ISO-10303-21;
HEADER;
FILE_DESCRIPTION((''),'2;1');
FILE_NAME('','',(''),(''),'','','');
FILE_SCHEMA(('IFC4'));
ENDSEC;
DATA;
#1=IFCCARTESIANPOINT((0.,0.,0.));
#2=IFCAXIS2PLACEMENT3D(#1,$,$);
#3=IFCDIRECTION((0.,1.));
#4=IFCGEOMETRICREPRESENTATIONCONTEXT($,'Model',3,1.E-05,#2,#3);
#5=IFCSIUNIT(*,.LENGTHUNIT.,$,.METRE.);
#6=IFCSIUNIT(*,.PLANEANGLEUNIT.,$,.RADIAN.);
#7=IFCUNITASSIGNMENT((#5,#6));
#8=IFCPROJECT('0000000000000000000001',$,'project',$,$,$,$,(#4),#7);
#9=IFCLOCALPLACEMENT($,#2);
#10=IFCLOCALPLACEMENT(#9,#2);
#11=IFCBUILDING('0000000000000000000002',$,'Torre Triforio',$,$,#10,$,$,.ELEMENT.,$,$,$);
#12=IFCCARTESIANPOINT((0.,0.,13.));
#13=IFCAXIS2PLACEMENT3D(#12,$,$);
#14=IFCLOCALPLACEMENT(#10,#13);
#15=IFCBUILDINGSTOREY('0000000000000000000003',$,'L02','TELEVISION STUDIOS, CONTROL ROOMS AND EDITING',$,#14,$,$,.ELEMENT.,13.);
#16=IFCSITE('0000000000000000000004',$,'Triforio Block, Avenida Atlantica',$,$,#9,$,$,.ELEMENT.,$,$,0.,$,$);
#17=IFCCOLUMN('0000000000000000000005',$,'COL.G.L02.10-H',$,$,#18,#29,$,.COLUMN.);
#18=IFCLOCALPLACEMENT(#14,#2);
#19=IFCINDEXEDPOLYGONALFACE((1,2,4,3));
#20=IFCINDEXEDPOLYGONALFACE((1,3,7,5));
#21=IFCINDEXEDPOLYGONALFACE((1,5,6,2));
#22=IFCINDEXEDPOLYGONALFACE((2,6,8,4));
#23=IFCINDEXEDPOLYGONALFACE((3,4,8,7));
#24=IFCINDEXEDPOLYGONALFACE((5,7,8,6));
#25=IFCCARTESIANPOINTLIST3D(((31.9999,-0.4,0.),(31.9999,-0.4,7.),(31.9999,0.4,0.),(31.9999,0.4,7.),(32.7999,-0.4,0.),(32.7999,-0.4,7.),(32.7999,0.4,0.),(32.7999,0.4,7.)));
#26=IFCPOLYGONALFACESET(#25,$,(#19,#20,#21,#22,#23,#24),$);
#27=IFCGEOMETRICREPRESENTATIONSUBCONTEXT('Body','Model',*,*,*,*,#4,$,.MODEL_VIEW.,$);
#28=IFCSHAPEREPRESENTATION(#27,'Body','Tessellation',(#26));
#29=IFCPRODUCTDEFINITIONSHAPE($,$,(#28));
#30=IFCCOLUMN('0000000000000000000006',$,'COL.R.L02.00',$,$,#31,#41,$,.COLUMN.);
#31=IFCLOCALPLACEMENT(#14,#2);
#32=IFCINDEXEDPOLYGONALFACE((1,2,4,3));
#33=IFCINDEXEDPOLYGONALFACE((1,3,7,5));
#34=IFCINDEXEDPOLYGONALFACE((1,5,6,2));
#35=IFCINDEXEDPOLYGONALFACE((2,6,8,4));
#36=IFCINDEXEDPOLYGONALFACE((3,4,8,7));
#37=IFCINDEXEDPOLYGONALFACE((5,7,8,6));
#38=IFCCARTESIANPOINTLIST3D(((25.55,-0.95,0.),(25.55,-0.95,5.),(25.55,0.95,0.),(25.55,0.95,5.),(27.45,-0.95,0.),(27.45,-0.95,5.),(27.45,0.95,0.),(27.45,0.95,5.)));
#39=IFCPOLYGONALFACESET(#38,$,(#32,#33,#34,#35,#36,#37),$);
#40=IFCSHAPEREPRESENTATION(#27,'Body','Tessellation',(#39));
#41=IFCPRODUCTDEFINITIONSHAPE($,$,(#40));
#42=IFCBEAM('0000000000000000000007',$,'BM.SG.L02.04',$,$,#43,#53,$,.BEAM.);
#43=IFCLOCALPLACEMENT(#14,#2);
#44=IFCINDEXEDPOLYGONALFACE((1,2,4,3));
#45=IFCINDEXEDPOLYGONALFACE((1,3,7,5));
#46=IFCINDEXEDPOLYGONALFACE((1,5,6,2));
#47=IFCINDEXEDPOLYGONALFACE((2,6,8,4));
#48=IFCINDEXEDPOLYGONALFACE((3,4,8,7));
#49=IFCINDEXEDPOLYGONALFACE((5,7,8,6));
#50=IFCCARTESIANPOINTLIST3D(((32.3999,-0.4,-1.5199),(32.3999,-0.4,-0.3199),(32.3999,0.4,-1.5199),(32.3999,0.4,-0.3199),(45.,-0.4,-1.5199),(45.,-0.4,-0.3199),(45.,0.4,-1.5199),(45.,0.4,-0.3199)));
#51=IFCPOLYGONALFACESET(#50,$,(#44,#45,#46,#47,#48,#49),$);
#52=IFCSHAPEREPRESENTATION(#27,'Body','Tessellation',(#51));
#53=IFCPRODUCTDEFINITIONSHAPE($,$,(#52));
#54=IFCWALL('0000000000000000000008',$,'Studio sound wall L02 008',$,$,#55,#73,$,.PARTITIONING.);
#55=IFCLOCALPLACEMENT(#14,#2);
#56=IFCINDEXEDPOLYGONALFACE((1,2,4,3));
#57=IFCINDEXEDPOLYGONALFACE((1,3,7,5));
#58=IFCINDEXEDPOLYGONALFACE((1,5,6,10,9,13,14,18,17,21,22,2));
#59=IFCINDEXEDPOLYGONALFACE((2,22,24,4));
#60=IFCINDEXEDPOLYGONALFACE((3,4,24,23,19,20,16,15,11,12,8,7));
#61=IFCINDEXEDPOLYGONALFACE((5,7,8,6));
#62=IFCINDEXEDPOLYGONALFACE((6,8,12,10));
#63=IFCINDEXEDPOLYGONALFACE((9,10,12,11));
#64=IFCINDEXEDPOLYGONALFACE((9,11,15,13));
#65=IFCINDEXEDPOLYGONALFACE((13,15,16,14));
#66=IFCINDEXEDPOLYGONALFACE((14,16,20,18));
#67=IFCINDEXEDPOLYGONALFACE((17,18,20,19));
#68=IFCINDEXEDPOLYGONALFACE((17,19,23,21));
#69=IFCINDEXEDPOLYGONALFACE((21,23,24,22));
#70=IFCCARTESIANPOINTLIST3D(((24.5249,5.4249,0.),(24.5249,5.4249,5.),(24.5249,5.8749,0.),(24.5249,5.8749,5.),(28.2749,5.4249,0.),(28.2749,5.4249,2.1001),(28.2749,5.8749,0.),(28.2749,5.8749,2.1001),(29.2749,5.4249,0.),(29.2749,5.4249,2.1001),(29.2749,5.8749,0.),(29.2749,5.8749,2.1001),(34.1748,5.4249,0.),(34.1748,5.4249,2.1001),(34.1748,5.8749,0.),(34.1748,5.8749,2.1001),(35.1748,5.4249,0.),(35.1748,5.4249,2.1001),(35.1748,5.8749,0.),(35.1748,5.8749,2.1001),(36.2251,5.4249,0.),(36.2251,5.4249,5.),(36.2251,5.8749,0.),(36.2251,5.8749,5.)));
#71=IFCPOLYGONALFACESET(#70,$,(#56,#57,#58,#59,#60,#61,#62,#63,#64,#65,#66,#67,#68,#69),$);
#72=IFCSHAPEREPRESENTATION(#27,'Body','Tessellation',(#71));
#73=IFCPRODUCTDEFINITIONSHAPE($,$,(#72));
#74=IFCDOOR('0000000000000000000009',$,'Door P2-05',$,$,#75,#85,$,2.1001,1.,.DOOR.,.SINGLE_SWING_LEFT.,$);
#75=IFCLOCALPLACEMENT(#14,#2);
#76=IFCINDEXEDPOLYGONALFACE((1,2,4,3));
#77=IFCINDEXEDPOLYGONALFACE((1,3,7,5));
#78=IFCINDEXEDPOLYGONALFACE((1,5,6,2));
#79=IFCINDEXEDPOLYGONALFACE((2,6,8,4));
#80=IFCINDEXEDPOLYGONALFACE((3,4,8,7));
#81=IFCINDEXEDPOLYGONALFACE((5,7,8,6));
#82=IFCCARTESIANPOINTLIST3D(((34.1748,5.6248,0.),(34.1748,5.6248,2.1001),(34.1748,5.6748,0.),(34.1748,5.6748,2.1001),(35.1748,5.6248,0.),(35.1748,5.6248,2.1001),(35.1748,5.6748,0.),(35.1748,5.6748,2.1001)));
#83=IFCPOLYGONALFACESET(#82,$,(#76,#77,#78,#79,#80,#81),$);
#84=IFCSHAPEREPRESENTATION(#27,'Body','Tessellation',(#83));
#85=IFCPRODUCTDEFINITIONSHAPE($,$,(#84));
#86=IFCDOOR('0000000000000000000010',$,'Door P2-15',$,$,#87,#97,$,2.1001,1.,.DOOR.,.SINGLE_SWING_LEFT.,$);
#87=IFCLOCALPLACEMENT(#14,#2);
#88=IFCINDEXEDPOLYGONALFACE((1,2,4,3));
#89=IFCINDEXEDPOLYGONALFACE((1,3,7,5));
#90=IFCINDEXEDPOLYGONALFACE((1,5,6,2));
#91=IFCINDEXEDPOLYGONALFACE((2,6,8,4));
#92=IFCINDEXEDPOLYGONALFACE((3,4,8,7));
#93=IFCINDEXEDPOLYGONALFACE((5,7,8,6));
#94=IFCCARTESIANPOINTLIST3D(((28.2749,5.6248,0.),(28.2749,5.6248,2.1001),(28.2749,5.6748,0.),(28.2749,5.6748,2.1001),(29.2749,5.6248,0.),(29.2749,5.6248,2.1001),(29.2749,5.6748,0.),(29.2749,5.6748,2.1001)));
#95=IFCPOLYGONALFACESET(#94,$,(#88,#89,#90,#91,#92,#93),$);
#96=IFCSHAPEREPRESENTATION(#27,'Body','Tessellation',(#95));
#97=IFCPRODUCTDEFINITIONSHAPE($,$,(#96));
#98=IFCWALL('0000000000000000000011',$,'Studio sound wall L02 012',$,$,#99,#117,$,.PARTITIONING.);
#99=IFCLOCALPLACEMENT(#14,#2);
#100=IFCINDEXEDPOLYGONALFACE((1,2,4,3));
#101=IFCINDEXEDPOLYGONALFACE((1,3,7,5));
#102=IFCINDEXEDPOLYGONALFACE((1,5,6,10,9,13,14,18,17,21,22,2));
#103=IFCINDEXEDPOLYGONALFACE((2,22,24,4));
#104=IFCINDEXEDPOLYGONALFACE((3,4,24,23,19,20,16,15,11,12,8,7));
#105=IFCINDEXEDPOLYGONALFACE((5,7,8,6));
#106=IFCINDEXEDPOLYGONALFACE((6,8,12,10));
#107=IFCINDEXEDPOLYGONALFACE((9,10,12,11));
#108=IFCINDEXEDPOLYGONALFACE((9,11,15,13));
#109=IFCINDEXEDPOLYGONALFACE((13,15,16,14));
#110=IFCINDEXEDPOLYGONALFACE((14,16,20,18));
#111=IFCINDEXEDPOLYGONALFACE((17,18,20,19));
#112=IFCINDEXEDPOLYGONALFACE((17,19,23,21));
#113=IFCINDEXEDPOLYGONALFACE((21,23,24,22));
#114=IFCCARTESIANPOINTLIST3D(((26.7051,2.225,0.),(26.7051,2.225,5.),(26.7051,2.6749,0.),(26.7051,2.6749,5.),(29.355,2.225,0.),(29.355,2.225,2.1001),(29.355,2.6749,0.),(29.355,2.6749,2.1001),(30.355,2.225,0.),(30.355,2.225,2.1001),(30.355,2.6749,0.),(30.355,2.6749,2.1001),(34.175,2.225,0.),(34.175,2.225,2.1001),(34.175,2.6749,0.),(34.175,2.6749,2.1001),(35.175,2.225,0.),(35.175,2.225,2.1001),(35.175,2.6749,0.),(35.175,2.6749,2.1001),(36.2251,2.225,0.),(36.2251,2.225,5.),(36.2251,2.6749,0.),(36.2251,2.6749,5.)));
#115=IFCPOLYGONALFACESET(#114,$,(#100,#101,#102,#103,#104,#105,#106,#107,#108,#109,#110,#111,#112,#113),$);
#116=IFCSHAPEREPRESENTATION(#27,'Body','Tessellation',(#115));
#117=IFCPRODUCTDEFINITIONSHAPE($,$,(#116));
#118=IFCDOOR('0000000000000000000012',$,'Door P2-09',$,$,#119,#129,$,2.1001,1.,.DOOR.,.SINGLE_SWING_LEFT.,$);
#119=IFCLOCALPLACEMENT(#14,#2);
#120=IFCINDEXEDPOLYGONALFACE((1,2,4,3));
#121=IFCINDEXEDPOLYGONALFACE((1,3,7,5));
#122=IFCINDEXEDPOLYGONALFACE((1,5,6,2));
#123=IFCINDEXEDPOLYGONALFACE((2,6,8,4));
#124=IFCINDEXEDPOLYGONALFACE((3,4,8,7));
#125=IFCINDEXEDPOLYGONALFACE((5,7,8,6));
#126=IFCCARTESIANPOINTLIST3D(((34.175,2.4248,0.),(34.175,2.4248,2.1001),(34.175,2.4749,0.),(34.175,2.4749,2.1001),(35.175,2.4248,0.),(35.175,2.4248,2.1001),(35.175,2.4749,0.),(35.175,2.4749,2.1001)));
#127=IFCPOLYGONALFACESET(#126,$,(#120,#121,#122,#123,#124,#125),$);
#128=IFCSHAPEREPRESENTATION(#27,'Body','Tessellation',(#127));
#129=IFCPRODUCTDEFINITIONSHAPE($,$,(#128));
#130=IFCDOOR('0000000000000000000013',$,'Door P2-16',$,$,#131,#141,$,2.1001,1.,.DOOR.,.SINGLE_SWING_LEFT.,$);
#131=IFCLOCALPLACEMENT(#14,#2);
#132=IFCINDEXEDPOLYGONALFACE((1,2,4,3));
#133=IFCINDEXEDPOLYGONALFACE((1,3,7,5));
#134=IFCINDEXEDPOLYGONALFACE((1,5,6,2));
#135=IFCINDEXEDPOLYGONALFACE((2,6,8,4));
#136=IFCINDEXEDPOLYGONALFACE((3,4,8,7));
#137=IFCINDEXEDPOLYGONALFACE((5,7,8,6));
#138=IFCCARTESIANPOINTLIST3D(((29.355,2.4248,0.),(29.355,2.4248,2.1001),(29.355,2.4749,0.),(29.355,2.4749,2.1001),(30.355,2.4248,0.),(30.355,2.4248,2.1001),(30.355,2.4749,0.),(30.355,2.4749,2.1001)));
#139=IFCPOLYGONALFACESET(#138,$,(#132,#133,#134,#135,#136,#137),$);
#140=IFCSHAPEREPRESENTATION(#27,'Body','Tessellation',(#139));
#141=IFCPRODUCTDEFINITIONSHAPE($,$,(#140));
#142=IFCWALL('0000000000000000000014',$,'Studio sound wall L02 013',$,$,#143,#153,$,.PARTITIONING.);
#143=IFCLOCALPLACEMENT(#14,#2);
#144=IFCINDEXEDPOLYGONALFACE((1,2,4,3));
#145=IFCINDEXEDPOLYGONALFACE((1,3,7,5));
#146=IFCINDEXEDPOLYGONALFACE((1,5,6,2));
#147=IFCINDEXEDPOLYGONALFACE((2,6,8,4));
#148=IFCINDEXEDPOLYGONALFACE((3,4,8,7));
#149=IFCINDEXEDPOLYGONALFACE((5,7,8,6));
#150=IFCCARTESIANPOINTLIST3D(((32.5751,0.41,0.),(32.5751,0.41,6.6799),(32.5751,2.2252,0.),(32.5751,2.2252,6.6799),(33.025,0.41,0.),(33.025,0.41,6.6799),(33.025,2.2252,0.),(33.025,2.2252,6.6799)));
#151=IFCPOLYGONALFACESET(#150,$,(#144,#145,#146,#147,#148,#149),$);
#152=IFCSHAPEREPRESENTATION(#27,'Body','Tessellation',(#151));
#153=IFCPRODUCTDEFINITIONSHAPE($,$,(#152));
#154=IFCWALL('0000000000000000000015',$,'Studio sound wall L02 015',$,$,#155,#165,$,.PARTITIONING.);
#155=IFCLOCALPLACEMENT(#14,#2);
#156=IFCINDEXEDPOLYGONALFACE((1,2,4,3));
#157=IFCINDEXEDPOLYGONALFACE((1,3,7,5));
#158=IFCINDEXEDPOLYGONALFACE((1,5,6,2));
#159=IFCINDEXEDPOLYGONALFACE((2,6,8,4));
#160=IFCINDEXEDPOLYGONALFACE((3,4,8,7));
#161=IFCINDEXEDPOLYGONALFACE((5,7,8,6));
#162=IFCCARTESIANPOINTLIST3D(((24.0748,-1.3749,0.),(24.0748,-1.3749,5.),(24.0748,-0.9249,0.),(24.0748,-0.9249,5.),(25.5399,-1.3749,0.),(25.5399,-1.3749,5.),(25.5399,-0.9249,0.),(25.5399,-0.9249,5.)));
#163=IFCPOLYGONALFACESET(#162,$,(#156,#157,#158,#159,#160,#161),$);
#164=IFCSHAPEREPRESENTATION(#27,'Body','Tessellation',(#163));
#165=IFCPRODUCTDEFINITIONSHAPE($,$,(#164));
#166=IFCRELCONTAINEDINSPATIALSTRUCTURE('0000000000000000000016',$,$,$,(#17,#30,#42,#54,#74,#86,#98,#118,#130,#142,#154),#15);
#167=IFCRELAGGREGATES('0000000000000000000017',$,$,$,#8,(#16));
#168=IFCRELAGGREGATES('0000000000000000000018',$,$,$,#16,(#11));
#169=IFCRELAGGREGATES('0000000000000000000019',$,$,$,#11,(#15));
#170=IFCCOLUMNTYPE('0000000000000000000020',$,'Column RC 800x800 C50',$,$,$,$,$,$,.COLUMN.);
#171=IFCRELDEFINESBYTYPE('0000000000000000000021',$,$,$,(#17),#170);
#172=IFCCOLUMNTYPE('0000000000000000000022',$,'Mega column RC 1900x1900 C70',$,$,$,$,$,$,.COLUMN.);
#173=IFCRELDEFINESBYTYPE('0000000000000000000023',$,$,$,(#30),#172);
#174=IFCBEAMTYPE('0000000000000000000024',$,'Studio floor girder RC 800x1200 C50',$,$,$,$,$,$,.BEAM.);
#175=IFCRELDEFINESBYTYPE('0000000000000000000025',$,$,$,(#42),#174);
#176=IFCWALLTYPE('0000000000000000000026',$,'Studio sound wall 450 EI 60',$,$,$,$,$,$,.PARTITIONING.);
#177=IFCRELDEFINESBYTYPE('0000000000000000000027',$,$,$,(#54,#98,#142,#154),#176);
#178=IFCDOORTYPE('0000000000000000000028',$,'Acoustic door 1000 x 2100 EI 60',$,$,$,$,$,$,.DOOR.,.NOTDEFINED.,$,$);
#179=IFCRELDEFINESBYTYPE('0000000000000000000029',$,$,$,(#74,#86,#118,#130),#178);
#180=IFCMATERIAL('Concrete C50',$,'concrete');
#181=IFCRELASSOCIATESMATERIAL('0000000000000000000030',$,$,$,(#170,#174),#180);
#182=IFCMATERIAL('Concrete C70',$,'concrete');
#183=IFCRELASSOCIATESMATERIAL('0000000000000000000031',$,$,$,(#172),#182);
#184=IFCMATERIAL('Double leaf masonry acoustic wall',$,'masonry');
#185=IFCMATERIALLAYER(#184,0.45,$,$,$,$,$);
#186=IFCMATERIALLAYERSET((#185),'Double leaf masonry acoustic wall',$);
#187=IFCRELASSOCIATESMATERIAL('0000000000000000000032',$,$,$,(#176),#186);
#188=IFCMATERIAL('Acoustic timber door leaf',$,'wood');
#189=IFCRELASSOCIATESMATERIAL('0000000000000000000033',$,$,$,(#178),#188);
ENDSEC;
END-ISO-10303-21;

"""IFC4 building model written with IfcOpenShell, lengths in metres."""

from ifc_helpers import new_model, si_unit, direction, frame, frame_2d, origin, origin_2d, place, context, subcontext, project, spatial, rectangle, extrude, material, layer, layer_set, material_profile, profile_set, type_object, element, fill, save


model = new_model("IFC4")

# Units and contexts
model_context = context("Model", 3, precision=1e-05, world=origin(), true_north=direction((0.0, 1.0)))
body_context = subcontext(model_context, "Body", "Model", "MODEL_VIEW")
ifc_project = project(units=[si_unit("LENGTHUNIT", "METRE"), si_unit("PLANEANGLEUNIT", "RADIAN")], contexts=[model_context])

# Site, building, storey
site_placement = place(None, origin())
site = spatial("IfcSite", under=ifc_project, at=site_placement, Name="Triforio Block, Avenida Atlantica", CompositionType="ELEMENT", RefElevation=0.0)
building_placement = place(site_placement, origin())
building = spatial("IfcBuilding", under=site, at=building_placement, Name="Torre Triforio", CompositionType="ELEMENT")
storey_placement = place(building_placement, frame((0.0, 0.0, 13.0)))
storey = spatial("IfcBuildingStorey", under=building, at=storey_placement, Name="L02", Description="TELEVISION STUDIOS, CONTROL ROOMS AND EDITING", CompositionType="ELEMENT", Elevation=13.0)

# Columns
ifc_material_1 = material(Name="Concrete C50", Category="concrete")
ifc_material_profile_1 = material_profile(ifc_material_1, rectangle(XDim=0.8, YDim=0.8, at=origin_2d()), Name="RC 800x800")
ifc_profile_set_1 = profile_set([ifc_material_profile_1], Name="Concrete C50")
column_type_1 = type_object("IfcColumnType", Name="Column RC 800x800 C50", PredefinedType="COLUMN", material=ifc_profile_set_1)
column_1_placement = place(storey_placement, frame((32.3999, 0.0, 0.0), z_axis=(0.0, 0.0, 1.0), x_axis=(1.0, 0.0, 0.0)))
element("IfcColumn", 1, at=column_1_placement, inside=storey, type_object=column_type_1, Name="COL.G.L02.10-H", PredefinedType="COLUMN", context=body_context, shape_type="SweptSolid", body=[
    extrude(rectangle(XDim=0.8, YDim=0.8, at=origin_2d()), origin(), (0.0, 0.0, 1.0), 7.0),
])
ifc_material_2 = material(Name="Concrete C70", Category="concrete")
ifc_material_profile_2 = material_profile(ifc_material_2, rectangle(XDim=1.8999, YDim=1.8999, at=origin_2d()), Name="RC 1900x1900")
ifc_profile_set_2 = profile_set([ifc_material_profile_2], Name="Concrete C70")
column_type_2 = type_object("IfcColumnType", Name="Mega column RC 1900x1900 C70", PredefinedType="COLUMN", material=ifc_profile_set_2)
column_2_placement = place(storey_placement, frame((26.5, 0.0, 0.0), z_axis=(0.0, 0.0, 1.0), x_axis=(0.0, 1.0, 0.0)))
element("IfcColumn", 2, at=column_2_placement, inside=storey, type_object=column_type_2, Name="COL.R.L02.00", PredefinedType="COLUMN", context=body_context, shape_type="SweptSolid", body=[
    extrude(rectangle(XDim=1.8999, YDim=1.8999, at=origin_2d()), origin(), (0.0, 0.0, 1.0), 5.0),
])

# Beam
ifc_material_profile_3 = material_profile(ifc_material_1, rectangle(XDim=0.8, YDim=1.2, at=origin_2d()), Name="RC 800x1200")
ifc_profile_set_3 = profile_set([ifc_material_profile_3], Name="Concrete C50")
beam_type = type_object("IfcBeamType", Name="Studio floor girder RC 800x1200 C50", PredefinedType="BEAM", material=ifc_profile_set_3)
beam_placement = place(storey_placement, frame((32.3999, 0.0, -0.9199), z_axis=(1.0, 0.0, 0.0), x_axis=(0.0, 1.0, 0.0)))
element("IfcBeam", 3, at=beam_placement, inside=storey, type_object=beam_type, Name="BM.SG.L02.04", PredefinedType="BEAM", context=body_context, shape_type="SweptSolid", body=[
    extrude(rectangle(XDim=0.8, YDim=1.2, at=origin_2d()), origin(), (0.0, 0.0, 1.0), 12.6001),
])

# Walls, openings, doors
ifc_material_3 = material(Name="Double leaf masonry acoustic wall", Category="masonry")
ifc_layer = layer(ifc_material_3, 0.45)
ifc_layer_set = layer_set([ifc_layer], Name="Double leaf masonry acoustic wall")
wall_type = type_object("IfcWallType", Name="Studio sound wall 450 EI 60", PredefinedType="PARTITIONING", material=ifc_layer_set)
wall_1_placement = place(storey_placement, frame((24.5249, 5.6499, 0.0), z_axis=(0.0, 0.0, 1.0), x_axis=(1.0, 0.0, 0.0)))
wall_1 = element("IfcWall", 4, at=wall_1_placement, inside=storey, type_object=wall_type, Name="Studio sound wall L02 008", PredefinedType="PARTITIONING", context=body_context, shape_type="SweptSolid", body=[
    extrude(rectangle(XDim=11.7002, YDim=0.45, at=frame_2d((5.8501, 0.0))), origin(), (0.0, 0.0, 1.0), 5.0),
])
opening_1_placement = place(wall_1_placement, frame((9.6499, 0.0, 0.0)))
opening_1 = element("IfcOpeningElement", 5, at=opening_1_placement, cuts=wall_1, PredefinedType="OPENING", context=body_context, shape_type="SweptSolid", body=[
    extrude(rectangle(XDim=1.0, YDim=2.1001, at=frame_2d((0.5, 1.05))), frame((0.0, 0.2349, 0.0), z_axis=(0.0, -1.0, 0.0), x_axis=(1.0, 0.0, 0.0)), (0.0, 0.0, 1.0), 0.47),
])
opening_2_placement = place(wall_1_placement, frame((3.75, 0.0, 0.0)))
opening_2 = element("IfcOpeningElement", 6, at=opening_2_placement, cuts=wall_1, PredefinedType="OPENING", context=body_context, shape_type="SweptSolid", body=[
    extrude(rectangle(XDim=1.0, YDim=2.1001, at=frame_2d((0.5, 1.05))), frame((0.0, 0.2349, 0.0), z_axis=(0.0, -1.0, 0.0), x_axis=(1.0, 0.0, 0.0)), (0.0, 0.0, 1.0), 0.47),
])
ifc_material_4 = material(Name="Acoustic timber door leaf", Category="wood")
door_type = type_object("IfcDoorType", Name="Acoustic door 1000 x 2100 EI 60", OperationType="NOTDEFINED", PredefinedType="DOOR", material=ifc_material_4)
door_1_placement = place(opening_1_placement, origin())
door_1 = element("IfcDoor", 7, at=door_1_placement, inside=storey, type_object=door_type, Name="Door P2-05", OperationType="SINGLE_SWING_LEFT", OverallHeight=2.1001, OverallWidth=1.0, PredefinedType="DOOR", context=body_context, shape_type="SweptSolid", body=[
    extrude(rectangle(XDim=1.0, YDim=2.1001, at=frame_2d((0.5, 1.05))), frame((0.0, 0.0249, 0.0), z_axis=(0.0, -1.0, 0.0), x_axis=(1.0, 0.0, 0.0)), (0.0, 0.0, 1.0), 0.05),
])
fill(opening_1, door_1)
door_2_placement = place(opening_2_placement, origin())
door_2 = element("IfcDoor", 8, at=door_2_placement, inside=storey, type_object=door_type, Name="Door P2-15", OperationType="SINGLE_SWING_LEFT", OverallHeight=2.1001, OverallWidth=1.0, PredefinedType="DOOR", context=body_context, shape_type="SweptSolid", body=[
    extrude(rectangle(XDim=1.0, YDim=2.1001, at=frame_2d((0.5, 1.05))), frame((0.0, 0.0249, 0.0), z_axis=(0.0, -1.0, 0.0), x_axis=(1.0, 0.0, 0.0)), (0.0, 0.0, 1.0), 0.05),
])
fill(opening_2, door_2)
wall_2_placement = place(storey_placement, frame((26.7051, 2.45, 0.0), z_axis=(0.0, 0.0, 1.0), x_axis=(1.0, 0.0, 0.0)))
wall_2 = element("IfcWall", 9, at=wall_2_placement, inside=storey, type_object=wall_type, Name="Studio sound wall L02 012", PredefinedType="PARTITIONING", context=body_context, shape_type="SweptSolid", body=[
    extrude(rectangle(XDim=9.52, YDim=0.45, at=frame_2d((4.76, 0.0))), origin(), (0.0, 0.0, 1.0), 5.0),
])
opening_3_placement = place(wall_2_placement, frame((7.47, 0.0, 0.0)))
opening_3 = element("IfcOpeningElement", 10, at=opening_3_placement, cuts=wall_2, PredefinedType="OPENING", context=body_context, shape_type="SweptSolid", body=[
    extrude(rectangle(XDim=1.0, YDim=2.1001, at=frame_2d((0.5, 1.05))), frame((0.0, 0.2349, 0.0), z_axis=(0.0, -1.0, 0.0), x_axis=(1.0, 0.0, 0.0)), (0.0, 0.0, 1.0), 0.47),
])
opening_4_placement = place(wall_2_placement, frame((2.6499, 0.0, 0.0)))
opening_4 = element("IfcOpeningElement", 11, at=opening_4_placement, cuts=wall_2, PredefinedType="OPENING", context=body_context, shape_type="SweptSolid", body=[
    extrude(rectangle(XDim=1.0, YDim=2.1001, at=frame_2d((0.5, 1.05))), frame((0.0, 0.2349, 0.0), z_axis=(0.0, -1.0, 0.0), x_axis=(1.0, 0.0, 0.0)), (0.0, 0.0, 1.0), 0.47),
])
door_3_placement = place(opening_3_placement, origin())
door_3 = element("IfcDoor", 12, at=door_3_placement, inside=storey, type_object=door_type, Name="Door P2-09", OperationType="SINGLE_SWING_LEFT", OverallHeight=2.1001, OverallWidth=1.0, PredefinedType="DOOR", context=body_context, shape_type="SweptSolid", body=[
    extrude(rectangle(XDim=1.0, YDim=2.1001, at=frame_2d((0.5, 1.05))), frame((0.0, 0.0249, 0.0), z_axis=(0.0, -1.0, 0.0), x_axis=(1.0, 0.0, 0.0)), (0.0, 0.0, 1.0), 0.05),
])
fill(opening_3, door_3)
door_4_placement = place(opening_4_placement, origin())
door_4 = element("IfcDoor", 13, at=door_4_placement, inside=storey, type_object=door_type, Name="Door P2-16", OperationType="SINGLE_SWING_LEFT", OverallHeight=2.1001, OverallWidth=1.0, PredefinedType="DOOR", context=body_context, shape_type="SweptSolid", body=[
    extrude(rectangle(XDim=1.0, YDim=2.1001, at=frame_2d((0.5, 1.05))), frame((0.0, 0.0249, 0.0), z_axis=(0.0, -1.0, 0.0), x_axis=(1.0, 0.0, 0.0)), (0.0, 0.0, 1.0), 0.05),
])
fill(opening_4, door_4)

# Walls
wall_3_placement = place(storey_placement, frame((32.8, 0.4099, 0.0), z_axis=(0.0, 0.0, 1.0), x_axis=(0.0, 1.0, 0.0)))
element("IfcWall", 14, at=wall_3_placement, inside=storey, type_object=wall_type, Name="Studio sound wall L02 013", PredefinedType="PARTITIONING", context=body_context, shape_type="SweptSolid", body=[
    extrude(rectangle(XDim=1.8152, YDim=0.45, at=frame_2d((0.9077, 0.0))), origin(), (0.0, 0.0, 1.0), 6.6799),
])
wall_4_placement = place(storey_placement, frame((24.075, -1.1499, 0.0), z_axis=(0.0, 0.0, 1.0), x_axis=(1.0, 0.0, 0.0)))
element("IfcWall", 15, at=wall_4_placement, inside=storey, type_object=wall_type, Name="Studio sound wall L02 015", PredefinedType="PARTITIONING", context=body_context, shape_type="SweptSolid", body=[
    extrude(rectangle(XDim=1.4651, YDim=0.45, at=frame_2d((0.7324, 0.0))), origin(), (0.0, 0.0, 1.0), 5.0),
])

save(model, "model.ifc")
